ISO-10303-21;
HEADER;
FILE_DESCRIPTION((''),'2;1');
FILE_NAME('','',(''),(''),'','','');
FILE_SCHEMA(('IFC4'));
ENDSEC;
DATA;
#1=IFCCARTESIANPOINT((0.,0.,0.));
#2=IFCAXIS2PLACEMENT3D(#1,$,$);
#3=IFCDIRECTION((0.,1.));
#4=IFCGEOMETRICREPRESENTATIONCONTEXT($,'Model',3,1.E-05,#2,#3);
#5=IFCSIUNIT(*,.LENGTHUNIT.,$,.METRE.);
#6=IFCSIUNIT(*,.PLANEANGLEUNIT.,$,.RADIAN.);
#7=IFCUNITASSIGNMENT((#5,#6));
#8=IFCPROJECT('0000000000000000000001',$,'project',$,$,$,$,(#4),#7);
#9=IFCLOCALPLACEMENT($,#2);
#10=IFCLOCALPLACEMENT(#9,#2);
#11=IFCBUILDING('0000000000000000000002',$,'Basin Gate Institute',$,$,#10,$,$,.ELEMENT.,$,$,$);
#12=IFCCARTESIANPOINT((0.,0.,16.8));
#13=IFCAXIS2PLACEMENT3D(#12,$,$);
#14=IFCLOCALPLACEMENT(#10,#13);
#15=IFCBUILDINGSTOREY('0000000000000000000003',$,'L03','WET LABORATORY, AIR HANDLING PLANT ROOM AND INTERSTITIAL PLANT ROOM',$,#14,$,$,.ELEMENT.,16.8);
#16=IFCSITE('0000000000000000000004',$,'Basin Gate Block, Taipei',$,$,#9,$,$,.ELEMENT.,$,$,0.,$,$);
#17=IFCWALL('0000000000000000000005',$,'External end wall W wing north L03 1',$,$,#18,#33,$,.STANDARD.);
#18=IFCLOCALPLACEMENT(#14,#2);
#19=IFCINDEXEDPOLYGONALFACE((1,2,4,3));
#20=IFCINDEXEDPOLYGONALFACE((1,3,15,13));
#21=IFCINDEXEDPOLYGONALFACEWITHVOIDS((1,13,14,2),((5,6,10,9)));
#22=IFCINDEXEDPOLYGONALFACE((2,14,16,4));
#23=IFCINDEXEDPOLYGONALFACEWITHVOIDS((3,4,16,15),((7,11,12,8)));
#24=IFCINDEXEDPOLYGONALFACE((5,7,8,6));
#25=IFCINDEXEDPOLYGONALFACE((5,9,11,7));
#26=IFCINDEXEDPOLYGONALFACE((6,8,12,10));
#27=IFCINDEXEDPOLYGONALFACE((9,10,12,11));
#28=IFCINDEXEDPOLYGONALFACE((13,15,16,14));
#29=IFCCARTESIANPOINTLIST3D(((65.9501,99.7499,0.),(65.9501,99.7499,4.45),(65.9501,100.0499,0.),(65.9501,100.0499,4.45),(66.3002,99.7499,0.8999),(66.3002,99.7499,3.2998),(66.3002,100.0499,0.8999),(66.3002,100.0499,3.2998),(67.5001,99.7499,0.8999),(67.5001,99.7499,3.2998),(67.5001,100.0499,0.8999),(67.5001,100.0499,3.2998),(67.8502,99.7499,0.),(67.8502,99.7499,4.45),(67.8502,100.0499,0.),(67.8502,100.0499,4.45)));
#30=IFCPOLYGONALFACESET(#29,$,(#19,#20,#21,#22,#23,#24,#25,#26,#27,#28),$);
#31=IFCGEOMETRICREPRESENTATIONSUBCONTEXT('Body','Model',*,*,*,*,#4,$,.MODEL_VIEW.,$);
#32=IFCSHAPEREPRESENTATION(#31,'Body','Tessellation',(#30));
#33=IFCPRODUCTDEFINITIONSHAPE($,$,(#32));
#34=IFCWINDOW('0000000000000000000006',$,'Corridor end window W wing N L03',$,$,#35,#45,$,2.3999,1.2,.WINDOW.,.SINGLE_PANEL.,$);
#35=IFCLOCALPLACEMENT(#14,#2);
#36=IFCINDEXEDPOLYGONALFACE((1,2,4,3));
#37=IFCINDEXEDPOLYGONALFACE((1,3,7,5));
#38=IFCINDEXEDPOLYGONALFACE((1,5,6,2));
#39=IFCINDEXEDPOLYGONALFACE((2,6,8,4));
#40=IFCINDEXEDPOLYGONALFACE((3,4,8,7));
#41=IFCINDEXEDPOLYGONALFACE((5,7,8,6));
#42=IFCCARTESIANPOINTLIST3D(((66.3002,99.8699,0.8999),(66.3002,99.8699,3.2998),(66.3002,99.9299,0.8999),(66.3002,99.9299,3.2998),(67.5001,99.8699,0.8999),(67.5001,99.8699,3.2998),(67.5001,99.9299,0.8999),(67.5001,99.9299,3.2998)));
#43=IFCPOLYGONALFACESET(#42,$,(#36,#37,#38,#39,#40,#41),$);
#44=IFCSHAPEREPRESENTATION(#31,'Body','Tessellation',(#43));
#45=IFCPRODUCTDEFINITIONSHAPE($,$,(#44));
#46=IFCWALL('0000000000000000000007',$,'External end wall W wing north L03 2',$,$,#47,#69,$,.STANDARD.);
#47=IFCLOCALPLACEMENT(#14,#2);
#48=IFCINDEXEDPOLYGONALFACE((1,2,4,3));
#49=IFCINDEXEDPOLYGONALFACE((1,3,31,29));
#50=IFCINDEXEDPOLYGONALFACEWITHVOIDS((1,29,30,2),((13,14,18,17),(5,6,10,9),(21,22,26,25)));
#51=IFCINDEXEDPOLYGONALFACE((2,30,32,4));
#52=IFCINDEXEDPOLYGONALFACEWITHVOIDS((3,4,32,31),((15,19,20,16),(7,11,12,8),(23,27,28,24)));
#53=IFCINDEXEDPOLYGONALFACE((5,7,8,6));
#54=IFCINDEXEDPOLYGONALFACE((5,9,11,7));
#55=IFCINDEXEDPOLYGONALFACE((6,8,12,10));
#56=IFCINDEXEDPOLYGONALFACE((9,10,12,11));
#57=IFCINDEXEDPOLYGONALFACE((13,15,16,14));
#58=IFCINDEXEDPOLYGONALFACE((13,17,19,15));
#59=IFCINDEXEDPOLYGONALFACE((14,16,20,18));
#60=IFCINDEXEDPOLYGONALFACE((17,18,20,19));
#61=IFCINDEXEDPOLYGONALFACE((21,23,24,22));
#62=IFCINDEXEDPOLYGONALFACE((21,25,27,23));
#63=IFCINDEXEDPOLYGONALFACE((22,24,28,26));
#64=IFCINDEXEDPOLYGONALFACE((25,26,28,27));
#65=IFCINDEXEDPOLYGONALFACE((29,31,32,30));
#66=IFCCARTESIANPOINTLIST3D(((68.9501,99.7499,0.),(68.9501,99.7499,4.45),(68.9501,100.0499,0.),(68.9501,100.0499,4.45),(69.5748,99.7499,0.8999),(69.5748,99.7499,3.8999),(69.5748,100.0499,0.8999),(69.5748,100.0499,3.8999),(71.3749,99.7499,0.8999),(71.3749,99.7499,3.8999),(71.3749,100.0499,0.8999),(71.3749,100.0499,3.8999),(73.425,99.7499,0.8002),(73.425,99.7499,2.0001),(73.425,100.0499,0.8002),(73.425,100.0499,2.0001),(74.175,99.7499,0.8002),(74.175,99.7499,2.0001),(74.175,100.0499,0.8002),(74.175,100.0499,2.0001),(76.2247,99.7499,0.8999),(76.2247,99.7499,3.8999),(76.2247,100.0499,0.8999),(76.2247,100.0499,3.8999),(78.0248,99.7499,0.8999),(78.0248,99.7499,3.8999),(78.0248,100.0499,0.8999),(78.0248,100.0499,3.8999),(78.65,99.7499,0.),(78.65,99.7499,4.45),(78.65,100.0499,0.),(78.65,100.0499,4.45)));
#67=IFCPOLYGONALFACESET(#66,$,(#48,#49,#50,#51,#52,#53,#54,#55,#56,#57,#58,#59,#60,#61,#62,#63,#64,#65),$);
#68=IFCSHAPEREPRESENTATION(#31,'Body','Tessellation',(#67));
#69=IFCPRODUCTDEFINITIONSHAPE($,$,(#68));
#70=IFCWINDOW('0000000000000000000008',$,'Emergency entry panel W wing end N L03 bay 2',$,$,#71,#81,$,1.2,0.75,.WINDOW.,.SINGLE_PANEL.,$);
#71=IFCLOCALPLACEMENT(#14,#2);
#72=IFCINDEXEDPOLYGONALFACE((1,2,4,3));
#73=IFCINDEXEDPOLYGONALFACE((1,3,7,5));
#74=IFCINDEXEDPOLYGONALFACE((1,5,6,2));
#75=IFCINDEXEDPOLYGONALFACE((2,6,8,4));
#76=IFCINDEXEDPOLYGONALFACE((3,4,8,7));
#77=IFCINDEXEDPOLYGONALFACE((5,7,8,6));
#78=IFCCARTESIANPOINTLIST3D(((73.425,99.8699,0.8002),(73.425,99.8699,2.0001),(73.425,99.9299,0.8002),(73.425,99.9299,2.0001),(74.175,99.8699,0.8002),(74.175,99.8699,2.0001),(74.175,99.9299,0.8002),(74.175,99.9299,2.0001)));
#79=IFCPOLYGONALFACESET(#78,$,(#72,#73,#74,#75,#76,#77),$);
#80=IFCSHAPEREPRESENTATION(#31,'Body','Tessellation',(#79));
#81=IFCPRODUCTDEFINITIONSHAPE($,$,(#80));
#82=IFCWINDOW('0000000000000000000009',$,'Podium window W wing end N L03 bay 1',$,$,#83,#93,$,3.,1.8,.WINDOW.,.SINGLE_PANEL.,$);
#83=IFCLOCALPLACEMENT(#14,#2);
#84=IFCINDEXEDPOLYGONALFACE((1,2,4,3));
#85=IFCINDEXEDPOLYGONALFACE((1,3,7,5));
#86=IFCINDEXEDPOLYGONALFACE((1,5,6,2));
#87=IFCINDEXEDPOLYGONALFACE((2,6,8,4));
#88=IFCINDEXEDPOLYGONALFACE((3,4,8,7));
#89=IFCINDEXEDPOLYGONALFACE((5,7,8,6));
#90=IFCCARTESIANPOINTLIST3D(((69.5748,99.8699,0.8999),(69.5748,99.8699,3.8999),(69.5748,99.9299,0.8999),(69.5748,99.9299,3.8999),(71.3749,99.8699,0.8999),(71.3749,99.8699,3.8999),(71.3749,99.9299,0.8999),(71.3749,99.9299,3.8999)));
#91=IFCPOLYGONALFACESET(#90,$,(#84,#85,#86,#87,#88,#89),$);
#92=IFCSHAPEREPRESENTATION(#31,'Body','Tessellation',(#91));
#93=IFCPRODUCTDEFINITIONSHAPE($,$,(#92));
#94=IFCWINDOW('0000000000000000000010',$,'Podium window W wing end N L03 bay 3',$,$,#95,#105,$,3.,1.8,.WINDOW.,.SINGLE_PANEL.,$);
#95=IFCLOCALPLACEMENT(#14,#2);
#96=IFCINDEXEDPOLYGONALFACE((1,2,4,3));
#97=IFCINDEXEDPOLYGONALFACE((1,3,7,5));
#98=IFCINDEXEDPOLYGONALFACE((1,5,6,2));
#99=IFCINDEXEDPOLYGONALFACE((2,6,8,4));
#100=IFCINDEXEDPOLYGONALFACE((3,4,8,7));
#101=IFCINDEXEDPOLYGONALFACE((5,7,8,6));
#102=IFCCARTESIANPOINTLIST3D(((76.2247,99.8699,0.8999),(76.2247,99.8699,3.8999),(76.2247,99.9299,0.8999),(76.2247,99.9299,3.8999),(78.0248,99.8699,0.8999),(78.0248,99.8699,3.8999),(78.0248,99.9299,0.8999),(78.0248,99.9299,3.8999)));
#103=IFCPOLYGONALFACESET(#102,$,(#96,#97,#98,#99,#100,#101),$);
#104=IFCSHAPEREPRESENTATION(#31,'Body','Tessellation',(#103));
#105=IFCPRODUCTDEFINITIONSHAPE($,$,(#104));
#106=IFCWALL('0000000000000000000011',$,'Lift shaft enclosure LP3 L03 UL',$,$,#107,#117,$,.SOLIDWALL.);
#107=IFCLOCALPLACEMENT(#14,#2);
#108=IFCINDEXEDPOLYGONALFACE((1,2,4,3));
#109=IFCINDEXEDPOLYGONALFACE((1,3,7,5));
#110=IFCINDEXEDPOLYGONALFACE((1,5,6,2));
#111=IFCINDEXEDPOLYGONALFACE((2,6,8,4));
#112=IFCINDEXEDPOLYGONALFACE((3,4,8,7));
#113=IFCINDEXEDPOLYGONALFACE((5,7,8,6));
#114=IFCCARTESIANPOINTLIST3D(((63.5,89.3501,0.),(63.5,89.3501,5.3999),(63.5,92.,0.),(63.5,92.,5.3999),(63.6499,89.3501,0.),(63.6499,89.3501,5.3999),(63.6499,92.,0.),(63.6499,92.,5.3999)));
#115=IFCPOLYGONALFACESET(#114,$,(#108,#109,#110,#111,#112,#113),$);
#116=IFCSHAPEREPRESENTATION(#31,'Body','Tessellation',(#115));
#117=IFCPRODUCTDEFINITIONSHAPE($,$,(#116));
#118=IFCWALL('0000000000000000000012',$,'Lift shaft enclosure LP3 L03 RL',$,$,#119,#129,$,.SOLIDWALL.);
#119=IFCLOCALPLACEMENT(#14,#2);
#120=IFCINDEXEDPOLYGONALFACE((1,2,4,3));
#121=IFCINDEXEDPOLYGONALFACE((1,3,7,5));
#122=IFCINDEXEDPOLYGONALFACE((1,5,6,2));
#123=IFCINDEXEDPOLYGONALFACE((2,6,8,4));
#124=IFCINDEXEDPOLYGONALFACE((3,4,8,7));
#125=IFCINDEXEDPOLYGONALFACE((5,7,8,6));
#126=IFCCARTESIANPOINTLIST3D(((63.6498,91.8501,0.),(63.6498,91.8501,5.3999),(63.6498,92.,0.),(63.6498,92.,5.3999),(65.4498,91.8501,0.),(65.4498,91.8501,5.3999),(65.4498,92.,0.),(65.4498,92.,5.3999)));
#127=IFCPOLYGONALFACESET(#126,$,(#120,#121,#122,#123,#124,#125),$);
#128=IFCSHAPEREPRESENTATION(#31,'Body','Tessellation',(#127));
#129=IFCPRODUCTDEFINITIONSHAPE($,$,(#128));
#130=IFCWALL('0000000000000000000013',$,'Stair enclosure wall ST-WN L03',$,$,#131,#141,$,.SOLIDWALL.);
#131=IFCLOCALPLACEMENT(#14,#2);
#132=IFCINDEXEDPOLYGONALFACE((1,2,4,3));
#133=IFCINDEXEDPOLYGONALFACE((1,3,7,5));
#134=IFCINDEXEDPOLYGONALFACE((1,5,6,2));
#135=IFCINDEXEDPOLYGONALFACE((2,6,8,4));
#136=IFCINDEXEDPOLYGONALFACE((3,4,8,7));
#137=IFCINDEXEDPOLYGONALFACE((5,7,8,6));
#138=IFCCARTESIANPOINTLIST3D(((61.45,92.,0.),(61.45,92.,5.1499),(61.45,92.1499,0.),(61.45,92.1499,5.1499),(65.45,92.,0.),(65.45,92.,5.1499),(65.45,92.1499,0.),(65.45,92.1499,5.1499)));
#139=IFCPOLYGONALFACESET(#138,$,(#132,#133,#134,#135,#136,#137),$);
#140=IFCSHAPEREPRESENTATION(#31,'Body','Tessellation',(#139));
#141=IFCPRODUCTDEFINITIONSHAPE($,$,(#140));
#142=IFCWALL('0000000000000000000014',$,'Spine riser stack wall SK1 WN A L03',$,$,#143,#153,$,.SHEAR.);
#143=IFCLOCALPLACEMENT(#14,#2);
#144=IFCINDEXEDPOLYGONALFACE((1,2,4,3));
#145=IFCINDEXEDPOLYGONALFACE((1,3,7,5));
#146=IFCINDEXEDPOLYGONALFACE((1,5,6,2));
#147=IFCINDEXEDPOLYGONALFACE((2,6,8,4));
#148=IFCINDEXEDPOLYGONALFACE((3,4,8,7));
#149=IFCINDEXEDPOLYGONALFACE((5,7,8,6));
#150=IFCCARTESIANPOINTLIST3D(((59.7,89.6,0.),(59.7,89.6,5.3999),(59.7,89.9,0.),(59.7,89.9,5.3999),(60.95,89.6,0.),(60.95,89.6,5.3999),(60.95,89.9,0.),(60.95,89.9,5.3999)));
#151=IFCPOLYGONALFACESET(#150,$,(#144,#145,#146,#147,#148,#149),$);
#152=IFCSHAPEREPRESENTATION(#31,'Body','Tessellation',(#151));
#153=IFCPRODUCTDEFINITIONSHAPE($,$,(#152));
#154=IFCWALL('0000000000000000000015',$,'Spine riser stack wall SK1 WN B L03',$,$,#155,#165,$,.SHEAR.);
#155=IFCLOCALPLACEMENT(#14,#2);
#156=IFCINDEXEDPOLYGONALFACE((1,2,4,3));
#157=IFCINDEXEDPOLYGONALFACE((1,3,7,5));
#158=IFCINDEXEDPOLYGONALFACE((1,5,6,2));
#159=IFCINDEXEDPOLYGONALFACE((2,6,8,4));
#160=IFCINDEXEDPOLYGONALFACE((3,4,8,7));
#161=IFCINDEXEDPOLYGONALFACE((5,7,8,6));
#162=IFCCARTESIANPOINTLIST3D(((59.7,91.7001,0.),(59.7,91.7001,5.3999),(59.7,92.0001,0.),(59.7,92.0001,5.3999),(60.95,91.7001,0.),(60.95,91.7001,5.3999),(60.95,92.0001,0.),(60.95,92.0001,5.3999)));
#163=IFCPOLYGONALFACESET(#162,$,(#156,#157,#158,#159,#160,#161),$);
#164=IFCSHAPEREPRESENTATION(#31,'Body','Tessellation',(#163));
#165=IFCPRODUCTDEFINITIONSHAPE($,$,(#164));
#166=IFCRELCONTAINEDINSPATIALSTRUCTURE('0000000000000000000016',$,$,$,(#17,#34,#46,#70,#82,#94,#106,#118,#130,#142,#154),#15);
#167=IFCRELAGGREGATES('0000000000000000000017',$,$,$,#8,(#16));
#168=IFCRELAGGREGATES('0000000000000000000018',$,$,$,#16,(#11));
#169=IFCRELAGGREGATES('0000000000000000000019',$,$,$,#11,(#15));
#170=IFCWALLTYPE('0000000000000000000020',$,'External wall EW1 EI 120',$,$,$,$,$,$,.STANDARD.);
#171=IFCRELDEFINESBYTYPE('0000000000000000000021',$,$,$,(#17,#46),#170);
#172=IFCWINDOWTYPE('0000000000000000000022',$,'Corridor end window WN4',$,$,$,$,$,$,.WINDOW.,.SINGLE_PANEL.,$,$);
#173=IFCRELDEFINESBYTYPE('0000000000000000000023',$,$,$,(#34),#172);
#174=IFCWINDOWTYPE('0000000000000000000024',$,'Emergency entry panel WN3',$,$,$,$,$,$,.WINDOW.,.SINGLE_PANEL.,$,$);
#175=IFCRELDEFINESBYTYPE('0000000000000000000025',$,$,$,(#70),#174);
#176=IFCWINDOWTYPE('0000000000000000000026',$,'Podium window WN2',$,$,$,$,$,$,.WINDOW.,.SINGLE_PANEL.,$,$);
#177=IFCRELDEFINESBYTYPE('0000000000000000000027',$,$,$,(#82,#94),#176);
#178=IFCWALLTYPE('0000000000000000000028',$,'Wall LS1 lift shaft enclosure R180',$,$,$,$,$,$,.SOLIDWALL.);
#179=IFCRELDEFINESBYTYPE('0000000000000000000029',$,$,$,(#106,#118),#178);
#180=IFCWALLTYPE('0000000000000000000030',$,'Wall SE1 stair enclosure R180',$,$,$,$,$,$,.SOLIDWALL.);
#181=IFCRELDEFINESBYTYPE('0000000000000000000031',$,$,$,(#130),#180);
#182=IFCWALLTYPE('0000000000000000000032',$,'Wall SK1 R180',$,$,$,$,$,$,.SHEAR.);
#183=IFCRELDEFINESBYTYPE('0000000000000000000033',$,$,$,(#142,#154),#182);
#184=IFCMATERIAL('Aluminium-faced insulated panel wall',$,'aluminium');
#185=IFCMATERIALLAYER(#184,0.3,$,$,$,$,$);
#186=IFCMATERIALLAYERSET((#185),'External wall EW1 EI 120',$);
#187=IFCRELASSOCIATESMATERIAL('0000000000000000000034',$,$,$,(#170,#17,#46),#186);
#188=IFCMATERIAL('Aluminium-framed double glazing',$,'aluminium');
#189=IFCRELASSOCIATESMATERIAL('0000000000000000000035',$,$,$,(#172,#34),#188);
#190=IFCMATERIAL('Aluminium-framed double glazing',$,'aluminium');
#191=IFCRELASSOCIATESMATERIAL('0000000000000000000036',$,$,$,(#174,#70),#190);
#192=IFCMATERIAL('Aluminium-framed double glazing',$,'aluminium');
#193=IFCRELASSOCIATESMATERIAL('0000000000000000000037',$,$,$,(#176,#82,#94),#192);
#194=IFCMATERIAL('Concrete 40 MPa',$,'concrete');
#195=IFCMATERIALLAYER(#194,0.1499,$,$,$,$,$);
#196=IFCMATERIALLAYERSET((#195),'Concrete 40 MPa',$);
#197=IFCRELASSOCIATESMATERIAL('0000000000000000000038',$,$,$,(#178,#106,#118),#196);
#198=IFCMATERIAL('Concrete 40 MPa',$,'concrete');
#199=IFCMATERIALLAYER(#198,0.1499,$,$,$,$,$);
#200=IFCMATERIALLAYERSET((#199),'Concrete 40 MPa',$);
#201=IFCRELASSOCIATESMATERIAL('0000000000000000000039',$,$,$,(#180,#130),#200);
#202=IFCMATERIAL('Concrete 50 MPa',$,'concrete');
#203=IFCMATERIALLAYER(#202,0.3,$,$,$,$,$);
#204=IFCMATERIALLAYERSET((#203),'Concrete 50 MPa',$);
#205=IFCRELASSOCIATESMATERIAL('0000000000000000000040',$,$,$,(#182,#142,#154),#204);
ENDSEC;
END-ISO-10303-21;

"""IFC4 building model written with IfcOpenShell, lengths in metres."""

from ifc_helpers import new_model, si_unit, direction, frame, frame_2d, origin, place, context, subcontext, project, spatial, rectangle, extrude, material, layer, layer_set, type_object, element, fill, save


model = new_model("IFC4")

# Units and contexts
model_context = context("Model", 3, precision=1e-05, world=origin(), true_north=direction((0.0, 1.0)))
body_context = subcontext(model_context, "Body", "Model", "MODEL_VIEW")
ifc_project = project(units=[si_unit("LENGTHUNIT", "METRE"), si_unit("PLANEANGLEUNIT", "RADIAN")], contexts=[model_context])

# Site, building, storey
site_placement = place(None, origin())
site = spatial("IfcSite", under=ifc_project, at=site_placement, Name="Basin Gate Block, Taipei", CompositionType="ELEMENT", RefElevation=0.0)
building_placement = place(site_placement, origin())
building = spatial("IfcBuilding", under=site, at=building_placement, Name="Basin Gate Institute", CompositionType="ELEMENT")
storey_placement = place(building_placement, frame((0.0, 0.0, 16.8)))
storey = spatial("IfcBuildingStorey", under=building, at=storey_placement, Name="L03", Description="WET LABORATORY, AIR HANDLING PLANT ROOM AND INTERSTITIAL PLANT ROOM", CompositionType="ELEMENT", Elevation=16.8)

# Wall, opening, window
ifc_material_1 = material(Name="Aluminium-faced insulated panel wall", Category="aluminium")
ifc_layer_1 = layer(ifc_material_1, 0.3)
ifc_layer_set_1 = layer_set([ifc_layer_1], Name="External wall EW1 EI 120")
wall_type_1 = type_object("IfcWallType", Name="External wall EW1 EI 120", PredefinedType="STANDARD", material=ifc_layer_set_1)
wall_1_placement = place(storey_placement, frame((65.95, 99.8999, 0.0), z_axis=(0.0, 0.0, 1.0), x_axis=(1.0, 0.0, 0.0)))
wall_1 = element("IfcWall", 1, at=wall_1_placement, inside=storey, type_object=wall_type_1, material=ifc_layer_set_1, Name="External end wall W wing north L03 1", PredefinedType="STANDARD", context=body_context, shape_type="SweptSolid", body=[
    extrude(rectangle(XDim=1.9001, YDim=0.3, at=frame_2d((0.9502, 0.0))), origin(), (0.0, 0.0, 1.0), 4.45),
])
opening_1_placement = place(wall_1_placement, frame((0.3501, 0.0, 0.8999)))
opening_1 = element("IfcOpeningElement", 2, at=opening_1_placement, cuts=wall_1, PredefinedType="OPENING", context=body_context, shape_type="SweptSolid", body=[
    extrude(rectangle(XDim=1.2, YDim=2.3999, at=frame_2d((0.6001, 1.2))), frame((0.0, 0.1602, 0.0), z_axis=(0.0, -1.0, 0.0), x_axis=(1.0, 0.0, 0.0)), (0.0, 0.0, 1.0), 0.3201),
])
ifc_material_2 = material(Name="Aluminium-framed double glazing", Category="aluminium")
window_type_1 = type_object("IfcWindowType", Name="Corridor end window WN4", PartitioningType="SINGLE_PANEL", PredefinedType="WINDOW", material=ifc_material_2)
window_1_placement = place(opening_1_placement, origin())
window_1 = element("IfcWindow", 3, at=window_1_placement, inside=storey, type_object=window_type_1, material=ifc_material_2, Name="Corridor end window W wing N L03", OverallHeight=2.3999, OverallWidth=1.2, PartitioningType="SINGLE_PANEL", PredefinedType="WINDOW", context=body_context, shape_type="SweptSolid", body=[
    extrude(rectangle(XDim=1.2, YDim=2.3999, at=frame_2d((0.6001, 1.2))), frame((0.0, 0.03, 0.0), z_axis=(0.0, -1.0, 0.0), x_axis=(1.0, 0.0, 0.0)), (0.0, 0.0, 1.0), 0.0601),
])
fill(opening_1, window_1)

# Wall, openings, windows
wall_2_placement = place(storey_placement, frame((68.95, 99.8999, 0.0), z_axis=(0.0, 0.0, 1.0), x_axis=(1.0, 0.0, 0.0)))
wall_2 = element("IfcWall", 4, at=wall_2_placement, inside=storey, type_object=wall_type_1, material=ifc_layer_set_1, Name="External end wall W wing north L03 2", PredefinedType="STANDARD", context=body_context, shape_type="SweptSolid", body=[
    extrude(rectangle(XDim=9.7, YDim=0.3, at=frame_2d((4.8501, 0.0))), origin(), (0.0, 0.0, 1.0), 4.45),
])
opening_2_placement = place(wall_2_placement, frame((0.625, 0.0, 0.8999)))
opening_2 = element("IfcOpeningElement", 5, at=opening_2_placement, cuts=wall_2, PredefinedType="OPENING", context=body_context, shape_type="SweptSolid", body=[
    extrude(rectangle(XDim=1.8, YDim=3.0, at=frame_2d((0.8999, 1.5))), frame((0.0, 0.1602, 0.0), z_axis=(0.0, -1.0, 0.0), x_axis=(1.0, 0.0, 0.0)), (0.0, 0.0, 1.0), 0.3201),
])
opening_3_placement = place(wall_2_placement, frame((4.4751, 0.0, 0.8)))
opening_3 = element("IfcOpeningElement", 6, at=opening_3_placement, cuts=wall_2, PredefinedType="OPENING", context=body_context, shape_type="SweptSolid", body=[
    extrude(rectangle(XDim=0.75, YDim=1.2, at=frame_2d((0.375, 0.6001))), frame((0.0, 0.1602, 0.0), z_axis=(0.0, -1.0, 0.0), x_axis=(1.0, 0.0, 0.0)), (0.0, 0.0, 1.0), 0.3201),
])
opening_4_placement = place(wall_2_placement, frame((7.2749, 0.0, 0.8999)))
opening_4 = element("IfcOpeningElement", 7, at=opening_4_placement, cuts=wall_2, PredefinedType="OPENING", context=body_context, shape_type="SweptSolid", body=[
    extrude(rectangle(XDim=1.8, YDim=3.0, at=frame_2d((0.8999, 1.5))), frame((0.0, 0.1602, 0.0), z_axis=(0.0, -1.0, 0.0), x_axis=(1.0, 0.0, 0.0)), (0.0, 0.0, 1.0), 0.3201),
])
ifc_material_3 = material(Name="Aluminium-framed double glazing", Category="aluminium")
window_type_2 = type_object("IfcWindowType", Name="Emergency entry panel WN3", PartitioningType="SINGLE_PANEL", PredefinedType="WINDOW", material=ifc_material_3)
window_2_placement = place(opening_3_placement, origin())
window_2 = element("IfcWindow", 8, at=window_2_placement, inside=storey, type_object=window_type_2, material=ifc_material_3, Name="Emergency entry panel W wing end N L03 bay 2", OverallHeight=1.2, OverallWidth=0.75, PartitioningType="SINGLE_PANEL", PredefinedType="WINDOW", context=body_context, shape_type="SweptSolid", body=[
    extrude(rectangle(XDim=0.75, YDim=1.2, at=frame_2d((0.375, 0.6001))), frame((0.0, 0.03, 0.0), z_axis=(0.0, -1.0, 0.0), x_axis=(1.0, 0.0, 0.0)), (0.0, 0.0, 1.0), 0.0601),
])
fill(opening_3, window_2)
ifc_material_4 = material(Name="Aluminium-framed double glazing", Category="aluminium")
window_type_3 = type_object("IfcWindowType", Name="Podium window WN2", PartitioningType="SINGLE_PANEL", PredefinedType="WINDOW", material=ifc_material_4)
window_3_placement = place(opening_2_placement, origin())
window_3 = element("IfcWindow", 9, at=window_3_placement, inside=storey, type_object=window_type_3, material=ifc_material_4, Name="Podium window W wing end N L03 bay 1", OverallHeight=3.0, OverallWidth=1.8, PartitioningType="SINGLE_PANEL", PredefinedType="WINDOW", context=body_context, shape_type="SweptSolid", body=[
    extrude(rectangle(XDim=1.8, YDim=3.0, at=frame_2d((0.8999, 1.5))), frame((0.0, 0.03, 0.0), z_axis=(0.0, -1.0, 0.0), x_axis=(1.0, 0.0, 0.0)), (0.0, 0.0, 1.0), 0.0601),
])
fill(opening_2, window_3)
window_4_placement = place(opening_4_placement, origin())
window_4 = element("IfcWindow", 10, at=window_4_placement, inside=storey, type_object=window_type_3, material=ifc_material_4, Name="Podium window W wing end N L03 bay 3", OverallHeight=3.0, OverallWidth=1.8, PartitioningType="SINGLE_PANEL", PredefinedType="WINDOW", context=body_context, shape_type="SweptSolid", body=[
    extrude(rectangle(XDim=1.8, YDim=3.0, at=frame_2d((0.8999, 1.5))), frame((0.0, 0.03, 0.0), z_axis=(0.0, -1.0, 0.0), x_axis=(1.0, 0.0, 0.0)), (0.0, 0.0, 1.0), 0.0601),
])
fill(opening_4, window_4)

# Walls
ifc_material_5 = material(Name="Concrete 40 MPa", Category="concrete")
ifc_layer_2 = layer(ifc_material_5, 0.1499)
ifc_layer_set_2 = layer_set([ifc_layer_2], Name="Concrete 40 MPa")
wall_type_2 = type_object("IfcWallType", Name="Wall LS1 lift shaft enclosure R180", PredefinedType="SOLIDWALL", material=ifc_layer_set_2)
wall_3_placement = place(storey_placement, frame((63.575, 92.0, 0.0), z_axis=(0.0, 0.0, 1.0), x_axis=(0.0, -1.0, 0.0)))
element("IfcWall", 11, at=wall_3_placement, inside=storey, type_object=wall_type_2, material=ifc_layer_set_2, Name="Lift shaft enclosure LP3 L03 UL", PredefinedType="SOLIDWALL", context=body_context, shape_type="SweptSolid", body=[
    extrude(rectangle(XDim=2.6499, YDim=0.1499, at=frame_2d((1.325, 0.0))), origin(), (0.0, 0.0, 1.0), 5.3999),
])
wall_4_placement = place(storey_placement, frame((63.6499, 91.925, 0.0), z_axis=(0.0, 0.0, 1.0), x_axis=(1.0, 0.0, 0.0)))
element("IfcWall", 12, at=wall_4_placement, inside=storey, type_object=wall_type_2, material=ifc_layer_set_2, Name="Lift shaft enclosure LP3 L03 RL", PredefinedType="SOLIDWALL", context=body_context, shape_type="SweptSolid", body=[
    extrude(rectangle(XDim=1.8, YDim=0.1499, at=frame_2d((0.8999, 0.0))), origin(), (0.0, 0.0, 1.0), 5.3999),
])
ifc_material_6 = material(Name="Concrete 40 MPa", Category="concrete")
ifc_layer_3 = layer(ifc_material_6, 0.1499)
ifc_layer_set_3 = layer_set([ifc_layer_3], Name="Concrete 40 MPa")
wall_type_3 = type_object("IfcWallType", Name="Wall SE1 stair enclosure R180", PredefinedType="SOLIDWALL", material=ifc_layer_set_3)
wall_5_placement = place(storey_placement, frame((61.45, 92.075, 0.0), z_axis=(0.0, 0.0, 1.0), x_axis=(1.0, 0.0, 0.0)))
element("IfcWall", 13, at=wall_5_placement, inside=storey, type_object=wall_type_3, material=ifc_layer_set_3, Name="Stair enclosure wall ST-WN L03", PredefinedType="SOLIDWALL", context=body_context, shape_type="SweptSolid", body=[
    extrude(rectangle(XDim=4.0, YDim=0.1499, at=frame_2d((2.0, 0.0))), origin(), (0.0, 0.0, 1.0), 5.1499),
])
ifc_material_7 = material(Name="Concrete 50 MPa", Category="concrete")
ifc_layer_4 = layer(ifc_material_7, 0.3)
ifc_layer_set_4 = layer_set([ifc_layer_4], Name="Concrete 50 MPa")
wall_type_4 = type_object("IfcWallType", Name="Wall SK1 R180", PredefinedType="SHEAR", material=ifc_layer_set_4)
for number, where, z_axis, x_axis, name in (
    (14, (60.95, 89.75, 0.0), (0.0, 0.0, 1.0), (-1.0, 0.0, 0.0), "Spine riser stack wall SK1 WN A L03"),
    (15, (60.95, 91.8501, 0.0), (0.0, 0.0, 1.0), (-1.0, 0.0, 0.0), "Spine riser stack wall SK1 WN B L03"),
):
    element("IfcWall", number, at=place(storey_placement, frame(where, z_axis=z_axis, x_axis=x_axis)), inside=storey, type_object=wall_type_4, material=ifc_layer_set_4, Name=name, PredefinedType="SHEAR", context=body_context, shape_type="SweptSolid", body=[
        extrude(rectangle(XDim=1.25, YDim=0.3, at=frame_2d((0.625, 0.0))), origin(), (0.0, 0.0, 1.0), 5.3999),
    ])

save(model, "model.ifc")
